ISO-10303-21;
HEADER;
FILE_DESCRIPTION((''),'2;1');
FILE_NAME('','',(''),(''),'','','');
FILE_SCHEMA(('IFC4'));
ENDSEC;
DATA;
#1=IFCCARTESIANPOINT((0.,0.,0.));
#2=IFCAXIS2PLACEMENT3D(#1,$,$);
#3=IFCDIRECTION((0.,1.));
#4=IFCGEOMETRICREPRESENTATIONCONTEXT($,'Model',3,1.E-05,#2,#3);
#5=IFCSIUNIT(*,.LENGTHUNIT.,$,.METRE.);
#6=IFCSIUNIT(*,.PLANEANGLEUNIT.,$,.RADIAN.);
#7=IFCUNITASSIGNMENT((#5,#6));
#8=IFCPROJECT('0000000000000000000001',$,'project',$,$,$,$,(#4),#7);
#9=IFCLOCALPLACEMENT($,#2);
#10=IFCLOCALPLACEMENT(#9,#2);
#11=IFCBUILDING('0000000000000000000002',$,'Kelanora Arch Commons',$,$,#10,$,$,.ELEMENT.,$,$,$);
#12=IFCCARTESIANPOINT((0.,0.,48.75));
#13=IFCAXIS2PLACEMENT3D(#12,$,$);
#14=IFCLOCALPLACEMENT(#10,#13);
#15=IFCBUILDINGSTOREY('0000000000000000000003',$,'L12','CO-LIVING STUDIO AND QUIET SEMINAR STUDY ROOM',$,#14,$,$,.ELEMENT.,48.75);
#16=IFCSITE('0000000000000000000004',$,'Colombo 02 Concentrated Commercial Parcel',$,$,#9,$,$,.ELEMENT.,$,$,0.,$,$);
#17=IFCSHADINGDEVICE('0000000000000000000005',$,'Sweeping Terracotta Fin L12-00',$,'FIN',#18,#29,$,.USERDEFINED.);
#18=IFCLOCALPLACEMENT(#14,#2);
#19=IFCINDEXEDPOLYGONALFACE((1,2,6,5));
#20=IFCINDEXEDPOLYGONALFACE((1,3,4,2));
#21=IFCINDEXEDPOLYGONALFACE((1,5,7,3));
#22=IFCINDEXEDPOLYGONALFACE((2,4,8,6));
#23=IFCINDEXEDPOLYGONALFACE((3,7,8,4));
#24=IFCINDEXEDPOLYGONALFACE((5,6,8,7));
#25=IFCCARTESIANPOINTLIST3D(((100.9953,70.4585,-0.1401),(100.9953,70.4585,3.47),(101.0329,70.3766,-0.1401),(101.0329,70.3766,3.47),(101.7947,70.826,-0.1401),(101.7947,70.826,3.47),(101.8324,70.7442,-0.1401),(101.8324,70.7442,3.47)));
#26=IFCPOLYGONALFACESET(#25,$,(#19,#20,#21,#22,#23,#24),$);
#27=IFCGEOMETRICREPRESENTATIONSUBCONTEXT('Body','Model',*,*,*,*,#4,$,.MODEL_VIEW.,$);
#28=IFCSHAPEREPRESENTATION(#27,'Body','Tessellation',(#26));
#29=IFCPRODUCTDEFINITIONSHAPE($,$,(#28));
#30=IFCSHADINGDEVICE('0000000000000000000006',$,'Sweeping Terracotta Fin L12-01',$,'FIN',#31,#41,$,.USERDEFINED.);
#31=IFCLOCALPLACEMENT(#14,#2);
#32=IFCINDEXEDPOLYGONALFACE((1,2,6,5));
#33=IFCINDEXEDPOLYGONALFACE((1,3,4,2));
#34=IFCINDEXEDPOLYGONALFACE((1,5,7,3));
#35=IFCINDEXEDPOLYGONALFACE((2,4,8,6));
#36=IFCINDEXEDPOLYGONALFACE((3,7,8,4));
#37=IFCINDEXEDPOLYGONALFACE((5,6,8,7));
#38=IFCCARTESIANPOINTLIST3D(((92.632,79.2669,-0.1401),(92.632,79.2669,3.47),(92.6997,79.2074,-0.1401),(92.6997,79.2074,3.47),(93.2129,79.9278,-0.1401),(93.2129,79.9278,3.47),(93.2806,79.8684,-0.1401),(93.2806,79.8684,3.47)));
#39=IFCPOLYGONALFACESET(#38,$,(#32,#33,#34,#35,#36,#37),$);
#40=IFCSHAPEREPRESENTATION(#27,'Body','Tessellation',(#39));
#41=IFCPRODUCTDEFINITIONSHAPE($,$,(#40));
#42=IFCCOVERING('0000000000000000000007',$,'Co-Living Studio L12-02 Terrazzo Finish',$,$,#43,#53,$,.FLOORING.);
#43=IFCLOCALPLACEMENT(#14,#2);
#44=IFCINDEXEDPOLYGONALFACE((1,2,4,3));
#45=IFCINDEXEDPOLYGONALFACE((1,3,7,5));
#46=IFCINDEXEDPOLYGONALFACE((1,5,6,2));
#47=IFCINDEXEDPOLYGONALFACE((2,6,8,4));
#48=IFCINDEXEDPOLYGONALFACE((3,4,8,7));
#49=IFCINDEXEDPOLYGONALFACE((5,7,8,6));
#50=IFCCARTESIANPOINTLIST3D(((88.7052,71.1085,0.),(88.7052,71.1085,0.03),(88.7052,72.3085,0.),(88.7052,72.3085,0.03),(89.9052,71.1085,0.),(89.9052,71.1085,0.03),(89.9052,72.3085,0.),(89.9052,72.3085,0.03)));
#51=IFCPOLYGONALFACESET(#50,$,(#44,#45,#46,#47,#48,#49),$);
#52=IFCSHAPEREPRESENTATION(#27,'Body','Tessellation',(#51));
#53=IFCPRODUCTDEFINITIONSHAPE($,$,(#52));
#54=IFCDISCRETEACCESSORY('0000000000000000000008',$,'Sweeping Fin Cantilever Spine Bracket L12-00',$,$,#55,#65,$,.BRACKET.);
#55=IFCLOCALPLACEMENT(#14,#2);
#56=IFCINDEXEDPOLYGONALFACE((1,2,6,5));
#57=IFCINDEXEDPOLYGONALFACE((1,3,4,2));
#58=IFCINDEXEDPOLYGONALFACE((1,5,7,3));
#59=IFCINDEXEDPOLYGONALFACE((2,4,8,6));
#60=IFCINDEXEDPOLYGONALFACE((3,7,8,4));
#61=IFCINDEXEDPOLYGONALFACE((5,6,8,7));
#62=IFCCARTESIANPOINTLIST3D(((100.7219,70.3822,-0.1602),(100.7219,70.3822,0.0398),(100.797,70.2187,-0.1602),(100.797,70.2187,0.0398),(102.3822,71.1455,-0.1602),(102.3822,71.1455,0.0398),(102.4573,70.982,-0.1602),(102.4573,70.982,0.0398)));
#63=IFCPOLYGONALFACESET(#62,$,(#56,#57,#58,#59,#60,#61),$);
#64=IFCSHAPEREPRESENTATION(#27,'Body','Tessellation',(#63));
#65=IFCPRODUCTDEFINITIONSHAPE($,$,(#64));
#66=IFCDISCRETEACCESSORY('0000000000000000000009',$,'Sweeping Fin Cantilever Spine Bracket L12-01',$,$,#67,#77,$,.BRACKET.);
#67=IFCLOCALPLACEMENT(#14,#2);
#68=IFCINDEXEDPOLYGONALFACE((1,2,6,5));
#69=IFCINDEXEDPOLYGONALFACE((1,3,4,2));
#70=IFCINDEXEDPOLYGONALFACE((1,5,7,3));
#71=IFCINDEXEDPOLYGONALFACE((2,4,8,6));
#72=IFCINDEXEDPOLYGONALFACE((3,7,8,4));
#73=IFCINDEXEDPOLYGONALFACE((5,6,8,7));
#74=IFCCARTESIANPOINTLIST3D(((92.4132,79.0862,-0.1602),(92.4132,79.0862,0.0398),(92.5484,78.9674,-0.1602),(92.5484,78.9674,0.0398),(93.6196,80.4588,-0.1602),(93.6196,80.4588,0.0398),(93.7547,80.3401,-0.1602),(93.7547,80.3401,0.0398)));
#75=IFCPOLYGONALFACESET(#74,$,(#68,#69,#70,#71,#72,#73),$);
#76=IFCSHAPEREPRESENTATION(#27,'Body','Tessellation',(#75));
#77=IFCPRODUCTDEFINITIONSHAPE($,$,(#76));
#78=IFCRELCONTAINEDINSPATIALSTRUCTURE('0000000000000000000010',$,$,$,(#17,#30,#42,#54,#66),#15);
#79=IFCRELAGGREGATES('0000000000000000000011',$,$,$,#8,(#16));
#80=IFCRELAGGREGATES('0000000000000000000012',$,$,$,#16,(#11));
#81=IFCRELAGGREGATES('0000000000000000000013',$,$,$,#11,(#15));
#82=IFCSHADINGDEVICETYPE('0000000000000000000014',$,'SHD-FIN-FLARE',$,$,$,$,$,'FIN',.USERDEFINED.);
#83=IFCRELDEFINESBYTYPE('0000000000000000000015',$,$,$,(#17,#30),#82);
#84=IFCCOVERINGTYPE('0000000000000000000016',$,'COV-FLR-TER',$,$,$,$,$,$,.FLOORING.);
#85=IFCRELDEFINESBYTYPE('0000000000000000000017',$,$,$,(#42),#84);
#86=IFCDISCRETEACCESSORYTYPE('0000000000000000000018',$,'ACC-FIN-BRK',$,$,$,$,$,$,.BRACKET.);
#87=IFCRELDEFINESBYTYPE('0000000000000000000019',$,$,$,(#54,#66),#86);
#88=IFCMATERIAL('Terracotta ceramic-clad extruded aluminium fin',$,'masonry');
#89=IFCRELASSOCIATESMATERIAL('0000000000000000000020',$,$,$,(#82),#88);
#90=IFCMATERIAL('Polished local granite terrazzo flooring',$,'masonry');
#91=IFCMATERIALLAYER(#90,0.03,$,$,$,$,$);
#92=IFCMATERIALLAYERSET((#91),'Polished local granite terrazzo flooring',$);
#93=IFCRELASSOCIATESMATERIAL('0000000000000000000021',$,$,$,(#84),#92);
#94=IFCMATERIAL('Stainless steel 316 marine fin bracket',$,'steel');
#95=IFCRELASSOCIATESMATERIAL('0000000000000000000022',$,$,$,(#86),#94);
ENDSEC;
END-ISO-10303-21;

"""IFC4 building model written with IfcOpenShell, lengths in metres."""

from ifc_helpers import new_model, si_unit, direction, frame, origin, origin_2d, place, context, subcontext, project, spatial, rectangle, extrude, source, transform, mapped, material, layer, layer_set, type_object, element, save


model = new_model("IFC4")

# Units and contexts
model_context = context("Model", 3, precision=1e-05, world=origin(), true_north=direction((0.0, 1.0)))
body_context = subcontext(model_context, "Body", "Model", "MODEL_VIEW")
ifc_project = project(units=[si_unit("LENGTHUNIT", "METRE"), si_unit("PLANEANGLEUNIT", "RADIAN")], contexts=[model_context])

# Site, building, storey
site_placement = place(None, origin())
site = spatial("IfcSite", under=ifc_project, at=site_placement, Name="Colombo 02 Concentrated Commercial Parcel", CompositionType="ELEMENT", RefElevation=0.0)
building_placement = place(site_placement, origin())
building = spatial("IfcBuilding", under=site, at=building_placement, Name="Kelanora Arch Commons", CompositionType="ELEMENT")
storey_placement = place(building_placement, frame((0.0, 0.0, 48.75)))
storey = spatial("IfcBuildingStorey", under=building, at=storey_placement, Name="L12", Description="CO-LIVING STUDIO AND QUIET SEMINAR STUDY ROOM", CompositionType="ELEMENT", Elevation=48.75)

# Shading devices
ifc_material_1 = material(Name="Terracotta ceramic-clad extruded aluminium fin", Category="masonry")
shading_device_type = type_object("IfcShadingDeviceType", Name="SHD-FIN-FLARE", ElementType="FIN", PredefinedType="USERDEFINED", material=ifc_material_1)
shared_shape_1 = source(origin(), body_context, "Body", "SweptSolid", [
    extrude(rectangle(XDim=0.8799, YDim=0.0901, at=origin_2d()), origin(), (0.0, 0.0, 1.0), 3.6101),
])
for number, where, z_axis, x_axis, name in (
    (1, (101.4138, 70.6013, -0.1401), (0.0, 0.0, 1.0), (0.908581, 0.417709, 0.0), "Sweeping Terracotta Fin L12-00"),
    (2, (92.9563, 79.5676, -0.1401), (0.0, 0.0, 1.0), (0.660133, 0.751149, 0.0), "Sweeping Terracotta Fin L12-01"),
):
    element("IfcShadingDevice", number, at=place(storey_placement, frame(where, z_axis=z_axis, x_axis=x_axis)), inside=storey, type_object=shading_device_type, Name=name, ObjectType="FIN", PredefinedType="USERDEFINED", context=body_context, shape_type="MappedRepresentation", body=[
        mapped(shared_shape_1, transform((0.0, 0.0, 0.0), scale=1.0)),
    ])

# Covering
ifc_material_2 = material(Name="Polished local granite terrazzo flooring", Category="masonry")
ifc_layer_1 = layer(ifc_material_2, 0.03)
ifc_layer_set_1 = layer_set([ifc_layer_1], Name="Polished local granite terrazzo flooring")
covering_type = type_object("IfcCoveringType", Name="COV-FLR-TER", PredefinedType="FLOORING", material=ifc_layer_set_1)
shared_shape_2 = source(origin(), body_context, "Body", "SweptSolid", [
    extrude(rectangle(XDim=1.2, YDim=1.2, at=origin_2d()), origin(), (0.0, 0.0, 1.0), 0.03),
])
covering_placement = place(storey_placement, frame((89.3052, 71.7085, 0.0), z_axis=(0.0, 0.0, 1.0), x_axis=(1.0, 0.0, 0.0)))
element("IfcCovering", 3, at=covering_placement, inside=storey, type_object=covering_type, Name="Co-Living Studio L12-02 Terrazzo Finish", PredefinedType="FLOORING", context=body_context, shape_type="MappedRepresentation", body=[
    mapped(shared_shape_2, transform((0.0, 0.0, 0.0), scale=1.0)),
])

# Discrete accessories
ifc_material_3 = material(Name="Stainless steel 316 marine fin bracket", Category="steel")
discrete_accessory_type = type_object("IfcDiscreteAccessoryType", Name="ACC-FIN-BRK", PredefinedType="BRACKET", material=ifc_material_3)
shared_shape_3 = source(origin(), body_context, "Body", "SweptSolid", [
    extrude(rectangle(XDim=1.8274, YDim=0.1799, at=origin_2d()), origin(), (0.0, 0.0, 1.0), 0.2),
])
for number, where, z_axis, x_axis, name in (
    (4, (101.5896, 70.6821, -0.1602), (0.0, 0.0, 1.0), (0.908581, 0.417709, 0.0), "Sweeping Fin Cantilever Spine Bracket L12-00"),
    (5, (93.084, 79.7131, -0.1602), (0.0, 0.0, 1.0), (0.660133, 0.751149, 0.0), "Sweeping Fin Cantilever Spine Bracket L12-01"),
):
    element("IfcDiscreteAccessory", number, at=place(storey_placement, frame(where, z_axis=z_axis, x_axis=x_axis)), inside=storey, type_object=discrete_accessory_type, Name=name, PredefinedType="BRACKET", context=body_context, shape_type="MappedRepresentation", body=[
        mapped(shared_shape_3, transform((0.0, 0.0, 0.0), scale=1.0)),
    ])

save(model, "model.ifc")
